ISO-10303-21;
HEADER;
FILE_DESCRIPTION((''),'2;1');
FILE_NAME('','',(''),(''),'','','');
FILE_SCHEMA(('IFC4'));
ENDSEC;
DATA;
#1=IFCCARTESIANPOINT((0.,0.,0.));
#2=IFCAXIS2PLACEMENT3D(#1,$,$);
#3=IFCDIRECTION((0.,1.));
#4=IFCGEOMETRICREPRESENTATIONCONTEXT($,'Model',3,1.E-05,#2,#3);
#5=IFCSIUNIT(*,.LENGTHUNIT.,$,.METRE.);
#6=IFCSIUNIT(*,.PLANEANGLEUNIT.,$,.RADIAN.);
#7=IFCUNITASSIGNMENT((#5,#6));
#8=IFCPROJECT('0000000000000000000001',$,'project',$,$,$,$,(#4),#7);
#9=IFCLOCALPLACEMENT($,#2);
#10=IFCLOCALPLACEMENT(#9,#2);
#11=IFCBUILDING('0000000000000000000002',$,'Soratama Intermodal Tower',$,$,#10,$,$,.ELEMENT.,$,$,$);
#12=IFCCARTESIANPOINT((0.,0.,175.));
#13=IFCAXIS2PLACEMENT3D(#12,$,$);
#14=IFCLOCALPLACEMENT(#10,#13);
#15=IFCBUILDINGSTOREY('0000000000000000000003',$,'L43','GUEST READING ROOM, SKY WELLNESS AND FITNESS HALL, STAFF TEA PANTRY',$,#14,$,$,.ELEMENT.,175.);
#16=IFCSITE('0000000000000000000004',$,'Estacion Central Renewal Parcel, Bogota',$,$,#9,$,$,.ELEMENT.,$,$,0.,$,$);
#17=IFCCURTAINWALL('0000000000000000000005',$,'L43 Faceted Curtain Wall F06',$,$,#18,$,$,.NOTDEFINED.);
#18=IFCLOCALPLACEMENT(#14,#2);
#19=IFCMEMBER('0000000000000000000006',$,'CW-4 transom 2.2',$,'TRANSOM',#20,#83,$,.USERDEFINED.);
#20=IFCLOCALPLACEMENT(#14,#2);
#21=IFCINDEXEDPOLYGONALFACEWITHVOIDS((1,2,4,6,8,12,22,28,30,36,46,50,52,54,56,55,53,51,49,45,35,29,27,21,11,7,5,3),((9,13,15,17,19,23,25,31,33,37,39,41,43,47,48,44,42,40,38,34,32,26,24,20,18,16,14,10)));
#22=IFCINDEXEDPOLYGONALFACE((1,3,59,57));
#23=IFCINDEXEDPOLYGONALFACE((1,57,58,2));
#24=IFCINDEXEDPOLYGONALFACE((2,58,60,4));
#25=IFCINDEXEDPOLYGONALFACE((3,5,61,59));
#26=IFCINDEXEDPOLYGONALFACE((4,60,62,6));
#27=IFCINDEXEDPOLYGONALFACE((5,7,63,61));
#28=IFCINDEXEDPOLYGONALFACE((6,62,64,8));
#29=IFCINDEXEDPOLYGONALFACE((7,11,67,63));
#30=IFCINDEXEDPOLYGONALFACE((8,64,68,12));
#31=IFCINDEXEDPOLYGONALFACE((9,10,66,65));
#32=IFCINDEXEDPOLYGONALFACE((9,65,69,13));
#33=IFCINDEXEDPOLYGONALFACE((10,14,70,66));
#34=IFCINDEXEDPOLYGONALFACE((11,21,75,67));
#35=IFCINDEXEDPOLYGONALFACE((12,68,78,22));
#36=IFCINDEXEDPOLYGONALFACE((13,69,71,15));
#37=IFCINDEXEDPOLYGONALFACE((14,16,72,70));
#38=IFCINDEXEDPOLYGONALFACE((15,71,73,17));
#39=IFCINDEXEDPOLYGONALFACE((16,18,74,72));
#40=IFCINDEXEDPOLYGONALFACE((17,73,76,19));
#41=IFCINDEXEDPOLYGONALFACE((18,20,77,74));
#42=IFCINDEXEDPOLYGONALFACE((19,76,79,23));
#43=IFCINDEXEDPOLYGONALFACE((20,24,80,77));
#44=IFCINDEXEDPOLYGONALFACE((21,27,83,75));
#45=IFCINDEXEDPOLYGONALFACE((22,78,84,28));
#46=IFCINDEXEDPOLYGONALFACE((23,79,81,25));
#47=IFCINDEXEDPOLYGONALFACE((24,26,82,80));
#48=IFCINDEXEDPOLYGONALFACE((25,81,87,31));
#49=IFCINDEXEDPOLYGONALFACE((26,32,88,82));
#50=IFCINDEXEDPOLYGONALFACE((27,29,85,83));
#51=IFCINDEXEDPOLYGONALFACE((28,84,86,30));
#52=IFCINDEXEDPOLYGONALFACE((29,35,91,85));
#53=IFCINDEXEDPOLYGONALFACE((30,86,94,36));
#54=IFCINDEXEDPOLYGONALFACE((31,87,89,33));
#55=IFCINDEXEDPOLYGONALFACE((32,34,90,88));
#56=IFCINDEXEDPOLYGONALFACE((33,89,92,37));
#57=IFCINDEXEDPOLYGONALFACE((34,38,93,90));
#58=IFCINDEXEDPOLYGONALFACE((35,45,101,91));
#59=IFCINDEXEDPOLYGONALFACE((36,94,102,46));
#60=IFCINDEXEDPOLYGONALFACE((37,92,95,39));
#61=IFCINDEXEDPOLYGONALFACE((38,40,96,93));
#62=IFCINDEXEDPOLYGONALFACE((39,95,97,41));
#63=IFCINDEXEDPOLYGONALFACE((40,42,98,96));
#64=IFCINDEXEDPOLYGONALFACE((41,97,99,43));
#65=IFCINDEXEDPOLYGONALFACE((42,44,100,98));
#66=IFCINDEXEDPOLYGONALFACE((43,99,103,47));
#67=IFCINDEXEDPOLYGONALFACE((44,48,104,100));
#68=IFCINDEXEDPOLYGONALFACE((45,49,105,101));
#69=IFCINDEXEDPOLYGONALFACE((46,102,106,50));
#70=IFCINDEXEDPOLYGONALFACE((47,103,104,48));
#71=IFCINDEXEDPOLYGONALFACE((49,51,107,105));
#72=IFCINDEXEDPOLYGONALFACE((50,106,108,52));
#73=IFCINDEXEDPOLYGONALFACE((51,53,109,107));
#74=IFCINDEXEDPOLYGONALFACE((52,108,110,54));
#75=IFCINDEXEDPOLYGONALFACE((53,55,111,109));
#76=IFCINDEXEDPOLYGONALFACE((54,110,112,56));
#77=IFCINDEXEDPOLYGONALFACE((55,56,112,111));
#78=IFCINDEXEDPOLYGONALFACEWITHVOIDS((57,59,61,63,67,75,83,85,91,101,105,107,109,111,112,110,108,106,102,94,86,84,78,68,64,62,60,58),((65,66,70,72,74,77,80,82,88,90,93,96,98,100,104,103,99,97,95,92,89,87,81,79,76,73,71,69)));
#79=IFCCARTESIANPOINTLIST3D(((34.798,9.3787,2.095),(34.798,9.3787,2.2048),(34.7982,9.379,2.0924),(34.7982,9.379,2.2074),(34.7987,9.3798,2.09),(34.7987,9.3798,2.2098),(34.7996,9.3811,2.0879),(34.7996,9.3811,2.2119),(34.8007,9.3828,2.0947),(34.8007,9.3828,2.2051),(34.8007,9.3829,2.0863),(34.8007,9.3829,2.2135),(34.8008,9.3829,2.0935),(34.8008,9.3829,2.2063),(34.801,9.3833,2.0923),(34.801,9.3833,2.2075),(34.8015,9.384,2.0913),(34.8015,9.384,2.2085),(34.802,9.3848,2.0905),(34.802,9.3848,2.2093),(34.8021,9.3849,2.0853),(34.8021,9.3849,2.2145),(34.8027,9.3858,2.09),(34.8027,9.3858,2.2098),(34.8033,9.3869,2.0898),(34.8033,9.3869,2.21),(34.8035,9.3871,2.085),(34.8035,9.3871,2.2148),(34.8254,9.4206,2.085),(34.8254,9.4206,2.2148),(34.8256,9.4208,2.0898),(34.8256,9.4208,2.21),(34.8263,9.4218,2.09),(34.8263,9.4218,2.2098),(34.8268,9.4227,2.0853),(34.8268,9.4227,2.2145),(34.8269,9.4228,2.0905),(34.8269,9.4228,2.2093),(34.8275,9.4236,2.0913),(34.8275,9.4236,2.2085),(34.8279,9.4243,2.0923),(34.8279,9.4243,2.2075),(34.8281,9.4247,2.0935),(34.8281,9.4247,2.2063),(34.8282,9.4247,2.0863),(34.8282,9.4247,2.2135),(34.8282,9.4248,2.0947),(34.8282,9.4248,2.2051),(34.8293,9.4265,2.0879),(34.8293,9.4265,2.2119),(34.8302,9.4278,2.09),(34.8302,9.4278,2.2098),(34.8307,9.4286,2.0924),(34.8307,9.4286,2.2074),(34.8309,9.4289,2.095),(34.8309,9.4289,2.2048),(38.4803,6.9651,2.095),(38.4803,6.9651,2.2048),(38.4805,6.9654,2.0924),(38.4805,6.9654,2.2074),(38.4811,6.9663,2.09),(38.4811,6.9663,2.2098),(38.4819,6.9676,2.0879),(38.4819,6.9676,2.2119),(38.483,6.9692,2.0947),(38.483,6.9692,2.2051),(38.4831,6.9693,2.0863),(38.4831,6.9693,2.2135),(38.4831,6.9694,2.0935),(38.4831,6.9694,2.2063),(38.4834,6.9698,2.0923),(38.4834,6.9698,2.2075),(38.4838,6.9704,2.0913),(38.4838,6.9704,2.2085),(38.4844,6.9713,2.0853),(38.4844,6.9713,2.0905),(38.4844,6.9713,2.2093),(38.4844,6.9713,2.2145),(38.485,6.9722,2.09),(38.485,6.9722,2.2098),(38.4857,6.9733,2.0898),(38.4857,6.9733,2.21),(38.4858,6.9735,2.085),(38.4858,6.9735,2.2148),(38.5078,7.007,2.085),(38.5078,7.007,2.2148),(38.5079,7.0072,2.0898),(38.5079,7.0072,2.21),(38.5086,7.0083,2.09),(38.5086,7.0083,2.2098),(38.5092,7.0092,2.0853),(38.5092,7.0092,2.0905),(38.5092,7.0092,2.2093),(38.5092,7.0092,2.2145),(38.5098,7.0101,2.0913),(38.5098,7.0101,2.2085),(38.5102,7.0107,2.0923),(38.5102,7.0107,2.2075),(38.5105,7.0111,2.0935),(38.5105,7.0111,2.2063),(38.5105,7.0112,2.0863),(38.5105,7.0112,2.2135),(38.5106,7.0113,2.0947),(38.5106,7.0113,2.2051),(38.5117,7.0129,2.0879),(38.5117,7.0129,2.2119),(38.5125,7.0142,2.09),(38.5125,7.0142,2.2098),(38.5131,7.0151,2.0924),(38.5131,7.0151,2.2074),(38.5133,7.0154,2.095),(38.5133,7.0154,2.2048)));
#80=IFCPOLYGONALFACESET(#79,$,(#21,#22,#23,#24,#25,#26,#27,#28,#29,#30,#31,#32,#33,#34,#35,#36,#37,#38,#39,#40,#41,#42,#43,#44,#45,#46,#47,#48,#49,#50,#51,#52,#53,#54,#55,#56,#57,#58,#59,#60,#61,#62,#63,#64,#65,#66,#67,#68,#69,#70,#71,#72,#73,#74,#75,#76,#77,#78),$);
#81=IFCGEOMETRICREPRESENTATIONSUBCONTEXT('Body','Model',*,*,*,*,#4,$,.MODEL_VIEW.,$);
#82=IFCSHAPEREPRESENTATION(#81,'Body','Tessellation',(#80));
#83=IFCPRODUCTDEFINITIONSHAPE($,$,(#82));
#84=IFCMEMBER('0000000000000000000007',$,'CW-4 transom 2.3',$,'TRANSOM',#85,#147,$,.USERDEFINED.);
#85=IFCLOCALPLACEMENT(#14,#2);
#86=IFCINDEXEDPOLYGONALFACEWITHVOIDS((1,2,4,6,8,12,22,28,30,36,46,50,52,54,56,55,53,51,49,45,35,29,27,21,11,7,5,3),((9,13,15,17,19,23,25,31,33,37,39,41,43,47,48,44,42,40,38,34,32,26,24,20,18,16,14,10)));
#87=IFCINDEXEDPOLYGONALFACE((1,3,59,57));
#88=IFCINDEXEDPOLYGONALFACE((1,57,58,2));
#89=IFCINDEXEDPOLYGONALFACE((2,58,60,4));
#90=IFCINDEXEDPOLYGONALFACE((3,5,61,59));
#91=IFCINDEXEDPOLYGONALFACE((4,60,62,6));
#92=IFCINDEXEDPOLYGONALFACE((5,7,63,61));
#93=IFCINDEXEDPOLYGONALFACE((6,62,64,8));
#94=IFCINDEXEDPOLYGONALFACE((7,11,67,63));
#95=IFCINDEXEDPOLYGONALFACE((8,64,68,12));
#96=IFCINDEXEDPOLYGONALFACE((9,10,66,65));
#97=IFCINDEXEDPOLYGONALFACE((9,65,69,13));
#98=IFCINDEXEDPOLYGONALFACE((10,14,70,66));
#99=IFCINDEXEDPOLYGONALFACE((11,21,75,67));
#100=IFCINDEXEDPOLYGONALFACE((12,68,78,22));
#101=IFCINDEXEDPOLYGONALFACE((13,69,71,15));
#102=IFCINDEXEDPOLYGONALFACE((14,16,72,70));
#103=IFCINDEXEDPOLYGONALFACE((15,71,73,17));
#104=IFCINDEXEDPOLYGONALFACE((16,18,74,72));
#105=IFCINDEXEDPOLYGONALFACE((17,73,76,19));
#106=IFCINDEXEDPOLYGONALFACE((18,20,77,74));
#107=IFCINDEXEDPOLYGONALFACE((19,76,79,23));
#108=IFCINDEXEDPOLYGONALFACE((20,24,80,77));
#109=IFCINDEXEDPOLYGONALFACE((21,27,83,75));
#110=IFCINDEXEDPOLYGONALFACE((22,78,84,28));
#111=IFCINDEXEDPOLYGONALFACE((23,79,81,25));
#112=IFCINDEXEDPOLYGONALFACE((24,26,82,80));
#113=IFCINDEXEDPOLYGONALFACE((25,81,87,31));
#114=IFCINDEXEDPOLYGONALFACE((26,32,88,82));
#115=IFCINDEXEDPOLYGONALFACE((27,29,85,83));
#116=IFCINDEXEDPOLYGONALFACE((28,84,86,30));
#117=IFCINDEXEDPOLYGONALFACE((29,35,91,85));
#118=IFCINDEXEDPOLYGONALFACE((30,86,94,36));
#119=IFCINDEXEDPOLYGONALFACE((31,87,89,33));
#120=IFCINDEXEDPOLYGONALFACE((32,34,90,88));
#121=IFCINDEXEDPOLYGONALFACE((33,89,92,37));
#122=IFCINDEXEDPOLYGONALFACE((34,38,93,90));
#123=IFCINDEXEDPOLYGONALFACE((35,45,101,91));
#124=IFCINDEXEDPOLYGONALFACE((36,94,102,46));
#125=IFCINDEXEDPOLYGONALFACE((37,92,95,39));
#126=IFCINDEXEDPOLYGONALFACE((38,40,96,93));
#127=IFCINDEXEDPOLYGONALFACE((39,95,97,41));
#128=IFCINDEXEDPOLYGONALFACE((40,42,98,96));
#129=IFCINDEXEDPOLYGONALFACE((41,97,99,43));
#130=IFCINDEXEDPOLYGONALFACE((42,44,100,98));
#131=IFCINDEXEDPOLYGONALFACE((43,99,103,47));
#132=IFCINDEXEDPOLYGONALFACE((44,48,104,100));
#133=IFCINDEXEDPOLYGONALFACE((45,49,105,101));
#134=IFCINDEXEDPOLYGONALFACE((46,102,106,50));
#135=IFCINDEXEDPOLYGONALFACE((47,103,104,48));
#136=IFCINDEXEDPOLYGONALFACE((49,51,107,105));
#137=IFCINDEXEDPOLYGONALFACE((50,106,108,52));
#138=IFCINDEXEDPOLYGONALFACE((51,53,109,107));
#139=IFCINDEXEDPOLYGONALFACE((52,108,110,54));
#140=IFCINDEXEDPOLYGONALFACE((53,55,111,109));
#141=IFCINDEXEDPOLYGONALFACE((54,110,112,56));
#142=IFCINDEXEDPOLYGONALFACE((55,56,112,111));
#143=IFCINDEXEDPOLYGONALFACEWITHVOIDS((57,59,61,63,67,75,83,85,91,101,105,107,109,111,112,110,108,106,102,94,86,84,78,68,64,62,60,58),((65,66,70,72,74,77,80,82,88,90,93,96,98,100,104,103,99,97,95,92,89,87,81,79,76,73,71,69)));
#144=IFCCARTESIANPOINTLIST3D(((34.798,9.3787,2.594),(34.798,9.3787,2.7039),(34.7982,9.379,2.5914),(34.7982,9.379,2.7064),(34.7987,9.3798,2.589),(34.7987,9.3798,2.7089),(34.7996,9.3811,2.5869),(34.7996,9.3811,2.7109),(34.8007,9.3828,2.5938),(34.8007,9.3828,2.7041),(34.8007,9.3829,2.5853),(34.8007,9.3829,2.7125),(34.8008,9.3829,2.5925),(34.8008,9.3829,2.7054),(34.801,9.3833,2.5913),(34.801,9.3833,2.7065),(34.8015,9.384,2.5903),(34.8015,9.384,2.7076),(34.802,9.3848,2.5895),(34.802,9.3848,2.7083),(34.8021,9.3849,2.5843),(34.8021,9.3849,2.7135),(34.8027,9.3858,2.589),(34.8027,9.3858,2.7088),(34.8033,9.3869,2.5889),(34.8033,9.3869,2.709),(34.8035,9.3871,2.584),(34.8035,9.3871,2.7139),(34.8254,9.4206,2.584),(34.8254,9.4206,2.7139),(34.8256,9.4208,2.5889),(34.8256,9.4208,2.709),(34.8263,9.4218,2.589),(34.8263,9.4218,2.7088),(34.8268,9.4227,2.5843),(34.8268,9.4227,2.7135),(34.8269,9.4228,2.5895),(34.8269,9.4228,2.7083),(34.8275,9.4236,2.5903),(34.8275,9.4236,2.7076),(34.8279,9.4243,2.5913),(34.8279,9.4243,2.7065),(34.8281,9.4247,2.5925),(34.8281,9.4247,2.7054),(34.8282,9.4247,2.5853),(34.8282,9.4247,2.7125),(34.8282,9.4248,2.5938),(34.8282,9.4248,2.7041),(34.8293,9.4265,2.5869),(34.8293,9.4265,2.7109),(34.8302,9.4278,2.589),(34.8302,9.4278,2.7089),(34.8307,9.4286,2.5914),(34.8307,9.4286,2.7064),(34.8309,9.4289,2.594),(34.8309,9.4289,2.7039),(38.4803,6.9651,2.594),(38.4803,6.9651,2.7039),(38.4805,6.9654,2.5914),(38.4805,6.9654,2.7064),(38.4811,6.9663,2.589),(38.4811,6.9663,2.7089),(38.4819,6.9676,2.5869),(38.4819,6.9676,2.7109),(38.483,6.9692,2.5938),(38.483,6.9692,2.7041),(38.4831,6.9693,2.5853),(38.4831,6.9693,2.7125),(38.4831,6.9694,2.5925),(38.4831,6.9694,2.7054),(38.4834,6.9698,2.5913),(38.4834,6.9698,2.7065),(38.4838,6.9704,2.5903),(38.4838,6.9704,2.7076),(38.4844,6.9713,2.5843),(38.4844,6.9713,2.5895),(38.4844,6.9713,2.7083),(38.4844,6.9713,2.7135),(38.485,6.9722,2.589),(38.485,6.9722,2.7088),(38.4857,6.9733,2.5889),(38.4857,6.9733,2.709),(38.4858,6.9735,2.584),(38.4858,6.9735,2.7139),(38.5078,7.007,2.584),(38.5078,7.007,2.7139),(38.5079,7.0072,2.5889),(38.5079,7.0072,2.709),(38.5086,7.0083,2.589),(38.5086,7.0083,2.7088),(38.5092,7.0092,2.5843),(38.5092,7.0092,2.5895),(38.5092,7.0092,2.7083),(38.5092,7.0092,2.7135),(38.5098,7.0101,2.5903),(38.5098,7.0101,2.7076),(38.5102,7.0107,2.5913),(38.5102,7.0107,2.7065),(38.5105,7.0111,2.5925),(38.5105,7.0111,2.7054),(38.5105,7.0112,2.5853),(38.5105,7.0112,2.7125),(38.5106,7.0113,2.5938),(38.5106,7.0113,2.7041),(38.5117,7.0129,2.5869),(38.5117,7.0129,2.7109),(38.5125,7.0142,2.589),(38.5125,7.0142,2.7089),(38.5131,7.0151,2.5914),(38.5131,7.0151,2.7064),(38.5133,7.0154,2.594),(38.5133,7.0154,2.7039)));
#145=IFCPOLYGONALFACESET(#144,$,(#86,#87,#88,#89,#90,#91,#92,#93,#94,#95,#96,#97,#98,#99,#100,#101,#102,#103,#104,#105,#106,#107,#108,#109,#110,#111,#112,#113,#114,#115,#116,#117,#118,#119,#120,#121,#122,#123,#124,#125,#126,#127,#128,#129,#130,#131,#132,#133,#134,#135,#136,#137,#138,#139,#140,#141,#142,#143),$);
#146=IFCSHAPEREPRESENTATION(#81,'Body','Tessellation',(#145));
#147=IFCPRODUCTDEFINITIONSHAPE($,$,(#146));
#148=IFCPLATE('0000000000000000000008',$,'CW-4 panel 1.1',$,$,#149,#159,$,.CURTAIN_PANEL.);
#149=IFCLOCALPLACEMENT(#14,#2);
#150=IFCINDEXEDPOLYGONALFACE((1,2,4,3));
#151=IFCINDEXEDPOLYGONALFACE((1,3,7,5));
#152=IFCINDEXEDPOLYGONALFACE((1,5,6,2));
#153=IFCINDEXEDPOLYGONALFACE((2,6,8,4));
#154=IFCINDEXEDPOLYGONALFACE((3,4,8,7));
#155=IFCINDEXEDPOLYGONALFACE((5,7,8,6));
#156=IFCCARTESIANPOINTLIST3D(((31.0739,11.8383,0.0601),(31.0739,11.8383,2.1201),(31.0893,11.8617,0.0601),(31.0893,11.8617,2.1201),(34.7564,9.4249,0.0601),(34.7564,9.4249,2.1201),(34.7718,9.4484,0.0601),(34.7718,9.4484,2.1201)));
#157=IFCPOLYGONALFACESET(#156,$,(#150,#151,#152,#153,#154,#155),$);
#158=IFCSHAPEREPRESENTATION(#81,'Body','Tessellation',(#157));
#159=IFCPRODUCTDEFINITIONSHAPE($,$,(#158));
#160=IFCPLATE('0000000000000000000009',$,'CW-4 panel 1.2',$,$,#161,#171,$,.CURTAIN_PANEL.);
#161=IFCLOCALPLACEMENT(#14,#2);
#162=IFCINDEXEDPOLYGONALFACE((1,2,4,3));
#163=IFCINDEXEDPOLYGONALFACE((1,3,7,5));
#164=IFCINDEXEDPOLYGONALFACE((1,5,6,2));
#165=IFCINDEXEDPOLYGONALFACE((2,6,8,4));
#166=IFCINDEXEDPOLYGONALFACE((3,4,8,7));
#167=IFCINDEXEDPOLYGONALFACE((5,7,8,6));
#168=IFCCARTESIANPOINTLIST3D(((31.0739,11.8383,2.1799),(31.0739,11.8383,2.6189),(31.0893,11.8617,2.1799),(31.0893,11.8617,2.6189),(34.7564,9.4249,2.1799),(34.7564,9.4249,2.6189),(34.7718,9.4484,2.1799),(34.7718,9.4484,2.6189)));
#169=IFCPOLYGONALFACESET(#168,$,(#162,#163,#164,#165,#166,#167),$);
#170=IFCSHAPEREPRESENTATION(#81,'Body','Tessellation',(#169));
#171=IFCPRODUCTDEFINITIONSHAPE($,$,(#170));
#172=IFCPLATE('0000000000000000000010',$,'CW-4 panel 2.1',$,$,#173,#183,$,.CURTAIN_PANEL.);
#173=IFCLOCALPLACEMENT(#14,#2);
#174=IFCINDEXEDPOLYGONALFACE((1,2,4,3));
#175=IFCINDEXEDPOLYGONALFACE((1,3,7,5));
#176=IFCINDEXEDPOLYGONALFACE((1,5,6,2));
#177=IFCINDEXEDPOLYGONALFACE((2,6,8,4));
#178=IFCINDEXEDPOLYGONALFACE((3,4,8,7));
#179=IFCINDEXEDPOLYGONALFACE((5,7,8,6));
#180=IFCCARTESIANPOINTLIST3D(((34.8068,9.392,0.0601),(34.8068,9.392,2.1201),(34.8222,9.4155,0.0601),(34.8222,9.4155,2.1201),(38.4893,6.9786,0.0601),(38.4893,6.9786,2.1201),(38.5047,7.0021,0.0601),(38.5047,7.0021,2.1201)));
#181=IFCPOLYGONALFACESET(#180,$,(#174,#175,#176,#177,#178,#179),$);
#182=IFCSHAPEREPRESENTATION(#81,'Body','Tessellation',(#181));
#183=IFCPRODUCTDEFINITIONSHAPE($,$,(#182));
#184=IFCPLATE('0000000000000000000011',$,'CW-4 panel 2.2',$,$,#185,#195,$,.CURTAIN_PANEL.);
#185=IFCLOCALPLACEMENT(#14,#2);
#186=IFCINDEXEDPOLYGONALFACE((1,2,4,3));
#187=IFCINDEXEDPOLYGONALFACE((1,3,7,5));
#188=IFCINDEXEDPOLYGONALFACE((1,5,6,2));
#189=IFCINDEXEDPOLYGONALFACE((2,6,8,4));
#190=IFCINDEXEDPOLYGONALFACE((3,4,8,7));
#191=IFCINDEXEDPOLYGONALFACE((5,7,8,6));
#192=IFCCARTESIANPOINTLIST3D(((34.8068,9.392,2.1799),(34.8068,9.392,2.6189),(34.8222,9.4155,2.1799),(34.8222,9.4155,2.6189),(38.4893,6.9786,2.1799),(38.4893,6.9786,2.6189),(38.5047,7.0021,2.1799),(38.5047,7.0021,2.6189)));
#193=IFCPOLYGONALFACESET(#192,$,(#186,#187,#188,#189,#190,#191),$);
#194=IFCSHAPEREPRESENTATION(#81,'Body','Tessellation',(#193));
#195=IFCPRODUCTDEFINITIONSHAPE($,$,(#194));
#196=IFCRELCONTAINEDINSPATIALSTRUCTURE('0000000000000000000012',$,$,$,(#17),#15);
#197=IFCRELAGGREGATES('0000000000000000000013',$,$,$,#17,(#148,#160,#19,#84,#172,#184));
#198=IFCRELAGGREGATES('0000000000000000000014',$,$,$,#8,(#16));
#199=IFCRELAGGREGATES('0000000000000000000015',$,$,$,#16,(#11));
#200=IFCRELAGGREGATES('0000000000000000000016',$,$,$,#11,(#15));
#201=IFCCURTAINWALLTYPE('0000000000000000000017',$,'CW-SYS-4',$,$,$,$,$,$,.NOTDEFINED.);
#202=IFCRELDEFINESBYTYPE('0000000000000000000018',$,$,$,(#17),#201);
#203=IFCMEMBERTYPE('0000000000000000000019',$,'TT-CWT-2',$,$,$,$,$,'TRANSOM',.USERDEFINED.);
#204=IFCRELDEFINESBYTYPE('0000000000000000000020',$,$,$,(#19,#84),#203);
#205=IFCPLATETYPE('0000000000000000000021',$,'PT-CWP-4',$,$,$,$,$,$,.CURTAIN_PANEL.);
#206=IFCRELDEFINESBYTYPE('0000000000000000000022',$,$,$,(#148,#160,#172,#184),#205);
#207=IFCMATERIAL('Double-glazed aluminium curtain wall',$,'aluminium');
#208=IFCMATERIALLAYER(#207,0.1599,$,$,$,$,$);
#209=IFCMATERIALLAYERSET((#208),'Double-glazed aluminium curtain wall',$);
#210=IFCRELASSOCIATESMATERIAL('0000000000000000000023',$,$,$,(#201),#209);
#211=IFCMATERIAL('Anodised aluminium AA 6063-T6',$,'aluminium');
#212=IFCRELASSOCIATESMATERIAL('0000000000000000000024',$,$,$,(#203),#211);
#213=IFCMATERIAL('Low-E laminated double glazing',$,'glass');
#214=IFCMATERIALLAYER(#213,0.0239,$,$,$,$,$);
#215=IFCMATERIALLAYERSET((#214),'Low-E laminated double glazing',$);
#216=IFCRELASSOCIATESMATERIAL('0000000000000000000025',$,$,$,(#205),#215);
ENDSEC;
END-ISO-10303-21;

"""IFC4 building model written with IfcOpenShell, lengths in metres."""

from ifc_helpers import new_model, si_unit, direction, frame, origin, origin_2d, place, context, subcontext, project, spatial, rectangle, hollow_rectangle, extrude, material, layer, layer_set, material_profile, profile_set, type_object, element, aggregate, save


model = new_model("IFC4")

# Units and contexts
model_context = context("Model", 3, precision=1e-05, world=origin(), true_north=direction((0.0, 1.0)))
body_context = subcontext(model_context, "Body", "Model", "MODEL_VIEW")
ifc_project = project(units=[si_unit("LENGTHUNIT", "METRE"), si_unit("PLANEANGLEUNIT", "RADIAN")], contexts=[model_context])

# Site, building, storey
site_placement = place(None, origin())
site = spatial("IfcSite", under=ifc_project, at=site_placement, Name="Estacion Central Renewal Parcel, Bogota", CompositionType="ELEMENT", RefElevation=0.0)
building_placement = place(site_placement, origin())
building = spatial("IfcBuilding", under=site, at=building_placement, Name="Soratama Intermodal Tower", CompositionType="ELEMENT")
storey_placement = place(building_placement, frame((0.0, 0.0, 175.0)))
storey = spatial("IfcBuildingStorey", under=building, at=storey_placement, Name="L43", Description="GUEST READING ROOM, SKY WELLNESS AND FITNESS HALL, STAFF TEA PANTRY", CompositionType="ELEMENT", Elevation=175.0)

# Curtain wall, members, plates
ifc_material_1 = material(Name="Double-glazed aluminium curtain wall", Category="aluminium")
ifc_layer_1 = layer(ifc_material_1, 0.1599)
ifc_layer_set_1 = layer_set([ifc_layer_1], Name="Double-glazed aluminium curtain wall")
curtain_wall_type = type_object("IfcCurtainWallType", Name="CW-SYS-4", PredefinedType="NOTDEFINED", material=ifc_layer_set_1)
curtain_wall_placement = place(storey_placement, origin())
curtain_wall = element("IfcCurtainWall", 1, at=curtain_wall_placement, inside=storey, type_object=curtain_wall_type, Name="L43 Faceted Curtain Wall F06", PredefinedType="NOTDEFINED")
ifc_material_2 = material(Name="Anodised aluminium AA 6063-T6", Category="aluminium")
ifc_material_profile_1 = material_profile(ifc_material_2, hollow_rectangle(XDim=0.0601, YDim=0.1299, WallThickness=0.0049, InnerFilletRadius=0.0049, OuterFilletRadius=0.01, at=origin_2d()), Name="CWT130X60X5")
ifc_profile_set_1 = profile_set([ifc_material_profile_1], Name="Anodised aluminium AA 6063-T6")
member_type_1 = type_object("IfcMemberType", Name="TT-CWT-2", ElementType="TRANSOM", PredefinedType="USERDEFINED", material=ifc_profile_set_1)
member_1_placement = place(storey_placement, frame((34.8145, 9.4038, 2.1499), z_axis=(0.836359, -0.548183, 0.0), x_axis=(0.548183, 0.836359, 0.0)))
member_1 = element("IfcMember", 2, at=member_1_placement, type_object=member_type_1, Name="CW-4 transom 2.2", ObjectType="TRANSOM", PredefinedType="USERDEFINED", context=body_context, shape_type="SweptSolid", body=[
    extrude(hollow_rectangle(XDim=0.0601, YDim=0.1299, WallThickness=0.0049, InnerFilletRadius=0.0049, OuterFilletRadius=0.01, at=origin_2d()), origin(), (0.0, 0.0, 1.0), 4.4028),
])
member_2_placement = place(storey_placement, frame((34.8145, 9.4038, 2.6489), z_axis=(0.836359, -0.548183, 0.0), x_axis=(0.548183, 0.836359, 0.0)))
member_2 = element("IfcMember", 3, at=member_2_placement, type_object=member_type_1, Name="CW-4 transom 2.3", ObjectType="TRANSOM", PredefinedType="USERDEFINED", context=body_context, shape_type="SweptSolid", body=[
    extrude(hollow_rectangle(XDim=0.0601, YDim=0.1299, WallThickness=0.0049, InnerFilletRadius=0.0049, OuterFilletRadius=0.01, at=origin_2d()), origin(), (0.0, 0.0, 1.0), 4.4028),
])
ifc_material_3 = material(Name="Low-E laminated double glazing", Category="glass")
ifc_layer_2 = layer(ifc_material_3, 0.0239)
ifc_layer_set_2 = layer_set([ifc_layer_2], Name="Low-E laminated double glazing")
plate_type = type_object("IfcPlateType", Name="PT-CWP-4", PredefinedType="CURTAIN_PANEL", material=ifc_layer_set_2)
plate_1_placement = place(storey_placement, frame((32.9229, 10.6433, 0.0601), z_axis=(0.0, 0.0, 1.0), x_axis=(0.836385, -0.548142, 0.0)))
plate_1 = element("IfcPlate", 4, at=plate_1_placement, type_object=plate_type, Name="CW-4 panel 1.1", PredefinedType="CURTAIN_PANEL", context=body_context, shape_type="SweptSolid", body=[
    extrude(rectangle(XDim=4.4028, YDim=0.0281, at=origin_2d()), origin(), (0.0, 0.0, 1.0), 2.0601),
])
plate_2_placement = place(storey_placement, frame((32.9229, 10.6433, 2.1799), z_axis=(0.0, 0.0, 1.0), x_axis=(0.836385, -0.548142, 0.0)))
plate_2 = element("IfcPlate", 5, at=plate_2_placement, type_object=plate_type, Name="CW-4 panel 1.2", PredefinedType="CURTAIN_PANEL", context=body_context, shape_type="SweptSolid", body=[
    extrude(rectangle(XDim=4.4028, YDim=0.0281, at=origin_2d()), origin(), (0.0, 0.0, 1.0), 0.439),
])
plate_3_placement = place(storey_placement, frame((36.6558, 8.197, 0.0601), z_axis=(0.0, 0.0, 1.0), x_axis=(0.836385, -0.548142, 0.0)))
plate_3 = element("IfcPlate", 6, at=plate_3_placement, type_object=plate_type, Name="CW-4 panel 2.1", PredefinedType="CURTAIN_PANEL", context=body_context, shape_type="SweptSolid", body=[
    extrude(rectangle(XDim=4.4028, YDim=0.0281, at=origin_2d()), origin(), (0.0, 0.0, 1.0), 2.0601),
])
plate_4_placement = place(storey_placement, frame((36.6558, 8.197, 2.1799), z_axis=(0.0, 0.0, 1.0), x_axis=(0.836385, -0.548142, 0.0)))
plate_4 = element("IfcPlate", 7, at=plate_4_placement, type_object=plate_type, Name="CW-4 panel 2.2", PredefinedType="CURTAIN_PANEL", context=body_context, shape_type="SweptSolid", body=[
    extrude(rectangle(XDim=4.4028, YDim=0.0281, at=origin_2d()), origin(), (0.0, 0.0, 1.0), 0.439),
])
aggregate(curtain_wall, [plate_1, plate_2, member_1, member_2, plate_3, plate_4])

save(model, "model.ifc")
